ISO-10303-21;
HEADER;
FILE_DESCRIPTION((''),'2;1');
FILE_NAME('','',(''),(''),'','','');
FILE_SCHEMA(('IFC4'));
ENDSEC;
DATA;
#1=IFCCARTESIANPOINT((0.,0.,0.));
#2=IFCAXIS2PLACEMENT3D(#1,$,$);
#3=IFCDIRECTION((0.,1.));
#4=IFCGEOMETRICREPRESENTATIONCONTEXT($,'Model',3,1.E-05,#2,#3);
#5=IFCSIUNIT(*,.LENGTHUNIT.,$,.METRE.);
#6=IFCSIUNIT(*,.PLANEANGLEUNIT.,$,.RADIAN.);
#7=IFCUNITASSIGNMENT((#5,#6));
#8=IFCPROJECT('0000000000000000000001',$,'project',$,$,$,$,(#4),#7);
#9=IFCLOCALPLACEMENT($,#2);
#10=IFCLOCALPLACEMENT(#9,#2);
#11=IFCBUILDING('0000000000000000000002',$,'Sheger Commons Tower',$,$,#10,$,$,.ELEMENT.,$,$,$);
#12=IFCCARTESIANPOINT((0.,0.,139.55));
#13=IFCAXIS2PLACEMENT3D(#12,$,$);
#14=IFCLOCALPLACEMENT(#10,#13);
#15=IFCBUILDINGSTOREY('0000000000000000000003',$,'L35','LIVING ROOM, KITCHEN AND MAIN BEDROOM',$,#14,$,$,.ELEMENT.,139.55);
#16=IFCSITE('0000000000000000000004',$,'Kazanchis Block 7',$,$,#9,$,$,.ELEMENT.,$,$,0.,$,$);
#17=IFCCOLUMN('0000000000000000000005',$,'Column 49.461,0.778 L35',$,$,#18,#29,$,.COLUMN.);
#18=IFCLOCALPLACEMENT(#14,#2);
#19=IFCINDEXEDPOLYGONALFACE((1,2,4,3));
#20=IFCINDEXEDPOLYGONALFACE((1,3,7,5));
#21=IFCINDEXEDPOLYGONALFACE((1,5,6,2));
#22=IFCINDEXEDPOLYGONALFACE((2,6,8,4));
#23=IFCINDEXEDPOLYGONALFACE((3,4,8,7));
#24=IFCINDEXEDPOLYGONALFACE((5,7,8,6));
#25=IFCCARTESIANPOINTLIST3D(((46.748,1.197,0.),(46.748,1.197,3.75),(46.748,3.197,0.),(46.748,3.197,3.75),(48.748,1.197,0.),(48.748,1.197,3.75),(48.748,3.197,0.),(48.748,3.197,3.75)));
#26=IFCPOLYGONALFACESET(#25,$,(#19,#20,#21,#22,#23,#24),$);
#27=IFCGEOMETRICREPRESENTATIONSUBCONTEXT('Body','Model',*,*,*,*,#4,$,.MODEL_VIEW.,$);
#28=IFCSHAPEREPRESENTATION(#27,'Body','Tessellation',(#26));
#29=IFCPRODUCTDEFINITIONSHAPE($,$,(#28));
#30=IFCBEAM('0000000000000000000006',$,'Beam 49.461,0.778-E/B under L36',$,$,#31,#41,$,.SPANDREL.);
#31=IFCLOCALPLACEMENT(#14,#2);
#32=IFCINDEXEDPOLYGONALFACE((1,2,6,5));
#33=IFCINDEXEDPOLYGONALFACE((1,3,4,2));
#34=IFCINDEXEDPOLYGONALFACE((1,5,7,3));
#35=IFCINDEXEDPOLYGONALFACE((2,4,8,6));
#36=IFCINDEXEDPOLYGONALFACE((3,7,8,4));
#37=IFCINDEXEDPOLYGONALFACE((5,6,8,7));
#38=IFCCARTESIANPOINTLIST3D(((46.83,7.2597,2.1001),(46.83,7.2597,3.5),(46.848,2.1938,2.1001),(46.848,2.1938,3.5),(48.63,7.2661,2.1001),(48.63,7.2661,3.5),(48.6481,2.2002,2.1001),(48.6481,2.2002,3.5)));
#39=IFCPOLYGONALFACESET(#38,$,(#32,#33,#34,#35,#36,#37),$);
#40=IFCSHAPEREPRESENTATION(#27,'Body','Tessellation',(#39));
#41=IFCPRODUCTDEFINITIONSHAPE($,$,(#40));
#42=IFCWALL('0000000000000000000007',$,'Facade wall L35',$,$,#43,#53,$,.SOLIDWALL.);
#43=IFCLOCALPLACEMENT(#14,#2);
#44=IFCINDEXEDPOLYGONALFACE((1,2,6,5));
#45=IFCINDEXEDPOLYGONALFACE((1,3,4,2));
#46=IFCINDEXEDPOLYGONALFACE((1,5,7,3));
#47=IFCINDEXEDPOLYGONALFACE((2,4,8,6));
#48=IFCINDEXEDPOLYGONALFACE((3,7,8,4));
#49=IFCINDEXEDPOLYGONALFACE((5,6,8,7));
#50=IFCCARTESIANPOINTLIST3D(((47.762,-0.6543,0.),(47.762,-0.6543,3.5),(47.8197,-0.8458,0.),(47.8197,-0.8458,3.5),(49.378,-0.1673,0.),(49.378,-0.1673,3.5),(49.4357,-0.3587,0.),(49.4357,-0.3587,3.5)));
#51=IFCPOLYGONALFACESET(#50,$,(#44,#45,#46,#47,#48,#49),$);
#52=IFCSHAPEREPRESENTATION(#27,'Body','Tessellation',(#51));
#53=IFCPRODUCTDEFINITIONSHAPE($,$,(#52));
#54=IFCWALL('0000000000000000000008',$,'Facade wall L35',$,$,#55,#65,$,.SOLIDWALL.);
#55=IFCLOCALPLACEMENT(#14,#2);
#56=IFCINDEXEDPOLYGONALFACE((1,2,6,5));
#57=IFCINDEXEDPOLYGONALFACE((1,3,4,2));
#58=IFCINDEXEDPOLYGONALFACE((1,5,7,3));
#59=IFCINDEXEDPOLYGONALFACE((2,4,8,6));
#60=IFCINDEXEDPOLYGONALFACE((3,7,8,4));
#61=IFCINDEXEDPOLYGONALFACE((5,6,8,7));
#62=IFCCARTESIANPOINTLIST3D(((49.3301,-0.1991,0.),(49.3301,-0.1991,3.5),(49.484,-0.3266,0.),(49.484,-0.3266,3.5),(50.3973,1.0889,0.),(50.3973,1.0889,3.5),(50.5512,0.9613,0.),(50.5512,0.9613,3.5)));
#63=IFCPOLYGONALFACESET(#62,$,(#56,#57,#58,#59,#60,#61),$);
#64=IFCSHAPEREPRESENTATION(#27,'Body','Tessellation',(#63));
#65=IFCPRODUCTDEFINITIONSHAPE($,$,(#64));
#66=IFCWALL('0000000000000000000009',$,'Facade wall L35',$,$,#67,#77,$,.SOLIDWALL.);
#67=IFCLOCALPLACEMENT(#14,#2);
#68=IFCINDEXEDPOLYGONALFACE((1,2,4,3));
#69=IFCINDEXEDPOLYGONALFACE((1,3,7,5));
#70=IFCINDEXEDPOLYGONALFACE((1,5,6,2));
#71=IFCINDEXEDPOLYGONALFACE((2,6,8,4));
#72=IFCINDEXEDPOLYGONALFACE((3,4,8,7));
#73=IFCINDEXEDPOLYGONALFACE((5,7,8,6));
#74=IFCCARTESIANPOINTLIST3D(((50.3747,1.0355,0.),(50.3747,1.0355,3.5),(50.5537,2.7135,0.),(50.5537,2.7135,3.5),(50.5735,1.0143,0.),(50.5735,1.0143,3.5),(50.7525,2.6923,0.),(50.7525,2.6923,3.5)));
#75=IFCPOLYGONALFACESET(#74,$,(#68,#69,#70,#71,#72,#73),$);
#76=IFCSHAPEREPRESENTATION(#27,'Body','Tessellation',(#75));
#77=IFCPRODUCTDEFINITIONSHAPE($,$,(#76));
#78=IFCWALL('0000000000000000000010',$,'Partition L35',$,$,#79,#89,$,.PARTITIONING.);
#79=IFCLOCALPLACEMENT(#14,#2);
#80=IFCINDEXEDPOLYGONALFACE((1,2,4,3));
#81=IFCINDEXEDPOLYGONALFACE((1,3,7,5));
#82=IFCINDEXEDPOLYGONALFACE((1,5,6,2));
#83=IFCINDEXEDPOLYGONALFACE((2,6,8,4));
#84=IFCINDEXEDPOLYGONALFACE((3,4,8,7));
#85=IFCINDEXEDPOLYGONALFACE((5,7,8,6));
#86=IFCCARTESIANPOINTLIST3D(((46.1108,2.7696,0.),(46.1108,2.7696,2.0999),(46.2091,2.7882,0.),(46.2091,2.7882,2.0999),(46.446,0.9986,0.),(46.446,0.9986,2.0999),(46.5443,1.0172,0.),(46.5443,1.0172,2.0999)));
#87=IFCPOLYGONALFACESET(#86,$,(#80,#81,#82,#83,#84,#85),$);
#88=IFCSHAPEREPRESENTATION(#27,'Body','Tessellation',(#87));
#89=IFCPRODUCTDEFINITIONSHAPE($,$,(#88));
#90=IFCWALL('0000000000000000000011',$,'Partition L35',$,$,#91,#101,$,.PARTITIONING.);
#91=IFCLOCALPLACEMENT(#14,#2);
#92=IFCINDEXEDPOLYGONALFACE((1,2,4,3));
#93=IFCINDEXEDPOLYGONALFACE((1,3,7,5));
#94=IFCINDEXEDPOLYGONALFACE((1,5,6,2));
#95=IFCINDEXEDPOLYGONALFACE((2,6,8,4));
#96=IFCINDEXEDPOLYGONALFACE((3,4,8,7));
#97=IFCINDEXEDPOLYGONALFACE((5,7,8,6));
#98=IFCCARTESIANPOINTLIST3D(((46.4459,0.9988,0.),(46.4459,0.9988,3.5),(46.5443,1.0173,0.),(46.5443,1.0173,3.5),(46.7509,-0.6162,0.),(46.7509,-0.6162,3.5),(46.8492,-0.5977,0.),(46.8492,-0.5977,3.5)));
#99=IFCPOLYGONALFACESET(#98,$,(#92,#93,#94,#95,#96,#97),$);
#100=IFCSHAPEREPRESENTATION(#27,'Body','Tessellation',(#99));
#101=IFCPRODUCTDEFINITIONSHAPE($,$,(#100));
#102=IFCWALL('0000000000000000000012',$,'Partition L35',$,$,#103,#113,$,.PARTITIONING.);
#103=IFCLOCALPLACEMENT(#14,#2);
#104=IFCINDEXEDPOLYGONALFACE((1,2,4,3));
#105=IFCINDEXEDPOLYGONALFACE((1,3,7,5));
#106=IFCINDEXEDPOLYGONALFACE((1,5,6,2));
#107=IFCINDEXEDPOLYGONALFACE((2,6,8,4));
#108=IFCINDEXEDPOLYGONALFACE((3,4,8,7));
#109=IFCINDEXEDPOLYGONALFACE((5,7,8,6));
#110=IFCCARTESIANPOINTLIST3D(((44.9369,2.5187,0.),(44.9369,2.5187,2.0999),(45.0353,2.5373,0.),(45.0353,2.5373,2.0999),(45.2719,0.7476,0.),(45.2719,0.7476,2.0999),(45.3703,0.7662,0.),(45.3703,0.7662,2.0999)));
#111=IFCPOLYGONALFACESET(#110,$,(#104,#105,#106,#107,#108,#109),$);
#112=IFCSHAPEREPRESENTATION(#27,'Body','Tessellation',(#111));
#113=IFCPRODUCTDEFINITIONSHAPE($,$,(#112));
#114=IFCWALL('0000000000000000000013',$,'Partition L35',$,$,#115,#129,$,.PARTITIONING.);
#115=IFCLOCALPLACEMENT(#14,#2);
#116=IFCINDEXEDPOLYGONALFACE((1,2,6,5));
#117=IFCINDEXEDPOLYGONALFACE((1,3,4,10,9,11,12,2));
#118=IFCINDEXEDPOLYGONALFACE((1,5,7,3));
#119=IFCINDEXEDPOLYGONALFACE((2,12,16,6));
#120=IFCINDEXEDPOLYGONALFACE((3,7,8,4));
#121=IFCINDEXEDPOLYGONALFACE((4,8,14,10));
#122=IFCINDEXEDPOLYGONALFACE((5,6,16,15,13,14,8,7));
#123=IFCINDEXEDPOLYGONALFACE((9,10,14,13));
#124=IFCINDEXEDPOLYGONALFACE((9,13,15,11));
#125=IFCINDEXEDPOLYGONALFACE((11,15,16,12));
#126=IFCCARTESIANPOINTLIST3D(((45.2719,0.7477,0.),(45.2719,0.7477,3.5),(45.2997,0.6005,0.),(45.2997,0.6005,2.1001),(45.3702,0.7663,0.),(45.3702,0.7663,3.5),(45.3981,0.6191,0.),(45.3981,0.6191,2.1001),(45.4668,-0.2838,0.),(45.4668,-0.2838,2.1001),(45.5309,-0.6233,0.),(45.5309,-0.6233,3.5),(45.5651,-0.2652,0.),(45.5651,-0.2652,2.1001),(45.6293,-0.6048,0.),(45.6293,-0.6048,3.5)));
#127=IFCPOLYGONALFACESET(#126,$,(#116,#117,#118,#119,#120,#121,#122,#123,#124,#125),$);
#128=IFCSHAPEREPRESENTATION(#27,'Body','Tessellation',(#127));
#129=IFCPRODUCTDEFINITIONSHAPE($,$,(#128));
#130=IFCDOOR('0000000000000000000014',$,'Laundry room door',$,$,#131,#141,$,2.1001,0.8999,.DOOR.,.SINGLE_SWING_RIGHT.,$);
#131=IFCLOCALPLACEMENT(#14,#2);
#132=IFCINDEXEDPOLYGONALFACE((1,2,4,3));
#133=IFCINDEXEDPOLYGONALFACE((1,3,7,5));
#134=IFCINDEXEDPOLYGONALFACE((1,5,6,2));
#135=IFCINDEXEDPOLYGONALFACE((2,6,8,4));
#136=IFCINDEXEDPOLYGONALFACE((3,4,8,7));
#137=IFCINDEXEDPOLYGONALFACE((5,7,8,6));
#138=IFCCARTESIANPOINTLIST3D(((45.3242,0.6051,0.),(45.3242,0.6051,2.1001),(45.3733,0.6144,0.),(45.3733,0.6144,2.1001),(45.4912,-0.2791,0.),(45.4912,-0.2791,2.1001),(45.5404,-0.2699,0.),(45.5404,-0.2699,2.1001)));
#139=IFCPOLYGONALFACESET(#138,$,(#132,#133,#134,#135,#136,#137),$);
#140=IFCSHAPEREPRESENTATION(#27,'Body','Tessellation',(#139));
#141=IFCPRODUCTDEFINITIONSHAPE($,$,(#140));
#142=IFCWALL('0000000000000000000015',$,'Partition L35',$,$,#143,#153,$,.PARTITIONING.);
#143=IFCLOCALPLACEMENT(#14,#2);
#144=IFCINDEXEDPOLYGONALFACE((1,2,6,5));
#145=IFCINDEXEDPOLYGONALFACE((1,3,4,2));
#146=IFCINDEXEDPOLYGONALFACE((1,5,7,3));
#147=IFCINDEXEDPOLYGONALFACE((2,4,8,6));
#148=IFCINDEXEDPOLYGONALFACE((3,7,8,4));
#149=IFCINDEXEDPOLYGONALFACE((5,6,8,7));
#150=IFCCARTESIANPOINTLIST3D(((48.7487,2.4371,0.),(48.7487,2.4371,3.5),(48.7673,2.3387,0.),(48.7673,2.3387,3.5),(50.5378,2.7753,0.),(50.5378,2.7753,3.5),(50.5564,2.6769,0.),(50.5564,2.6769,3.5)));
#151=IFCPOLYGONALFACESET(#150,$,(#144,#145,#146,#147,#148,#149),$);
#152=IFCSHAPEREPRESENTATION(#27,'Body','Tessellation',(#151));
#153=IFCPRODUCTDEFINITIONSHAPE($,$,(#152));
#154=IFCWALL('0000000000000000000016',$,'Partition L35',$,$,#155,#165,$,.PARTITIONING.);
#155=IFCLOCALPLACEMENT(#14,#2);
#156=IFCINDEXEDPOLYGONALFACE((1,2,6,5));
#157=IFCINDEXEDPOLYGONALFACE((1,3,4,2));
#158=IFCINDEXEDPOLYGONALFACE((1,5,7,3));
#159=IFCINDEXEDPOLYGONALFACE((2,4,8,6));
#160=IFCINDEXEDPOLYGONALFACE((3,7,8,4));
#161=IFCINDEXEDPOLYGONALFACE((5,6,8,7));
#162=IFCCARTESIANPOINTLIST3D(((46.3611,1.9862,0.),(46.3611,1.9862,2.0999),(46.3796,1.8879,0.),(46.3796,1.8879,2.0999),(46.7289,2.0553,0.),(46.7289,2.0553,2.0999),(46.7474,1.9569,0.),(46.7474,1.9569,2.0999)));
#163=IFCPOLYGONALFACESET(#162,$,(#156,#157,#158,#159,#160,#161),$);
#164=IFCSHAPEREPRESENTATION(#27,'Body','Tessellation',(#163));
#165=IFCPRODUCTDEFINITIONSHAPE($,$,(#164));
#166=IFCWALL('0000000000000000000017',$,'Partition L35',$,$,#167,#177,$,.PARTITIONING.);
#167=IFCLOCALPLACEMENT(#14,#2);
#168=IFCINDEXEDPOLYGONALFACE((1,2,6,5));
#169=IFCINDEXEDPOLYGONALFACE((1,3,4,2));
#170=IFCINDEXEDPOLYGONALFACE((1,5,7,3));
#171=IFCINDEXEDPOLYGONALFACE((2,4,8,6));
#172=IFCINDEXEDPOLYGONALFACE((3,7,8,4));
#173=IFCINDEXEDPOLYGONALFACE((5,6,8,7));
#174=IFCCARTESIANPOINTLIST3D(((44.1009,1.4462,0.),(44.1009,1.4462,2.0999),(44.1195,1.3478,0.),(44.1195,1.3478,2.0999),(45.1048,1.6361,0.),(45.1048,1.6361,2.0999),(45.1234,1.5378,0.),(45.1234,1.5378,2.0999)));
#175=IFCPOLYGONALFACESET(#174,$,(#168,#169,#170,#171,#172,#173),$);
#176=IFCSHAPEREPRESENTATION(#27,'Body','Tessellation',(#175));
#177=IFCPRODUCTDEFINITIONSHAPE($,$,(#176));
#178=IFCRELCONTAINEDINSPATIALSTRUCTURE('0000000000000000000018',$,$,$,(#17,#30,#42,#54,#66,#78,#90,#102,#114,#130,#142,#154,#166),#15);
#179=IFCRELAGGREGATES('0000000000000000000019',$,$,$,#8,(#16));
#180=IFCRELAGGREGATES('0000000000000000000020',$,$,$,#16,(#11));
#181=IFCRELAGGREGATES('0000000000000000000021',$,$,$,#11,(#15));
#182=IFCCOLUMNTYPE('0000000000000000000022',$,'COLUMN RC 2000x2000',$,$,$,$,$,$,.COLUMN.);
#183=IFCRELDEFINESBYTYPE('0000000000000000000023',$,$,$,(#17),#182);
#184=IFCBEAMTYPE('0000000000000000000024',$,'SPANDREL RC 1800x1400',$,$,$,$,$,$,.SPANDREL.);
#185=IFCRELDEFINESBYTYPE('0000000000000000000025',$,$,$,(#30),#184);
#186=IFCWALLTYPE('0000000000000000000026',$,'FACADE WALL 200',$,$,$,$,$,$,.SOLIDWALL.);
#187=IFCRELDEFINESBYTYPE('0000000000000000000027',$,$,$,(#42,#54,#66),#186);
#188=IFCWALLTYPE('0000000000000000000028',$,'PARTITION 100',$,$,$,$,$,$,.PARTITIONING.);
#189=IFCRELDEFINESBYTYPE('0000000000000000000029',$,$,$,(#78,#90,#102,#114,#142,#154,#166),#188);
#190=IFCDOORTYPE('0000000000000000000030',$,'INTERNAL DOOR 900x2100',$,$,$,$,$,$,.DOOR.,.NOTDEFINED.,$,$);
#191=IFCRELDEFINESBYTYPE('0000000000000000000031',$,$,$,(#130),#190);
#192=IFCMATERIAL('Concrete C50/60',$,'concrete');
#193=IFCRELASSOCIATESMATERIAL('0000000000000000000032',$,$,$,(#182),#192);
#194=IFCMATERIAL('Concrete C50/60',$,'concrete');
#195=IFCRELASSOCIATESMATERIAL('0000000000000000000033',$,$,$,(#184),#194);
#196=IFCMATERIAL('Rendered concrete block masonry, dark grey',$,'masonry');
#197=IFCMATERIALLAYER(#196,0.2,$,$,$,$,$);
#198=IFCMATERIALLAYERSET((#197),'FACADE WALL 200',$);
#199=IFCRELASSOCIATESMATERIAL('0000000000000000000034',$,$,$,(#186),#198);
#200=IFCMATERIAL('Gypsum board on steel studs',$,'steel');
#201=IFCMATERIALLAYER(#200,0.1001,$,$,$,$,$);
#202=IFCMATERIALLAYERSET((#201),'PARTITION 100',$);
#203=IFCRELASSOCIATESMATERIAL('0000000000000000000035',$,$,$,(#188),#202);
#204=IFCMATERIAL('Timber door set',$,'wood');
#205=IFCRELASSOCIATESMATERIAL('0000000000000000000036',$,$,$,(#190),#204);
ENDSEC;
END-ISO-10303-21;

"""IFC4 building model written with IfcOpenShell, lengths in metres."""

from ifc_helpers import new_model, si_unit, direction, frame, frame_2d, origin, origin_2d, place, context, subcontext, project, spatial, rectangle, extrude, material, layer, layer_set, material_profile, profile_set, type_object, element, fill, save


model = new_model("IFC4")

# Units and contexts
model_context = context("Model", 3, precision=1e-05, world=origin(), true_north=direction((0.0, 1.0)))
body_context = subcontext(model_context, "Body", "Model", "MODEL_VIEW")
ifc_project = project(units=[si_unit("LENGTHUNIT", "METRE"), si_unit("PLANEANGLEUNIT", "RADIAN")], contexts=[model_context])

# Site, building, storey
site_placement = place(None, origin())
site = spatial("IfcSite", under=ifc_project, at=site_placement, Name="Kazanchis Block 7", CompositionType="ELEMENT", RefElevation=0.0)
building_placement = place(site_placement, origin())
building = spatial("IfcBuilding", under=site, at=building_placement, Name="Sheger Commons Tower", CompositionType="ELEMENT")
storey_placement = place(building_placement, frame((0.0, 0.0, 139.55)))
storey = spatial("IfcBuildingStorey", under=building, at=storey_placement, Name="L35", Description="LIVING ROOM, KITCHEN AND MAIN BEDROOM", CompositionType="ELEMENT", Elevation=139.55)

# Column
ifc_material_1 = material(Name="Concrete C50/60", Category="concrete")
ifc_material_profile_1 = material_profile(ifc_material_1, rectangle(XDim=2.0, YDim=2.0, at=origin_2d()), Name="RC 2000x2000")
ifc_profile_set_1 = profile_set([ifc_material_profile_1], Name="Concrete C50/60")
column_type = type_object("IfcColumnType", Name="COLUMN RC 2000x2000", PredefinedType="COLUMN", material=ifc_profile_set_1)
column_placement = place(storey_placement, frame((47.748, 2.197, 0.0), z_axis=(0.0, 0.0, 1.0), x_axis=(1.0, 0.0, 0.0)))
element("IfcColumn", 1, at=column_placement, inside=storey, type_object=column_type, Name="Column 49.461,0.778 L35", PredefinedType="COLUMN", context=body_context, shape_type="SweptSolid", body=[
    extrude(rectangle(XDim=2.0, YDim=2.0, at=origin_2d()), origin(), (0.0, 0.0, 1.0), 3.75),
])

# Beam
ifc_material_2 = material(Name="Concrete C50/60", Category="concrete")
ifc_material_profile_2 = material_profile(ifc_material_2, rectangle(XDim=1.8, YDim=1.3999, at=origin_2d()), Name="RC 1800x1400")
ifc_profile_set_2 = profile_set([ifc_material_profile_2], Name="Concrete C50/60")
beam_type = type_object("IfcBeamType", Name="SPANDREL RC 1800x1400", PredefinedType="SPANDREL", material=ifc_profile_set_2)
beam_placement = place(storey_placement, frame((47.748, 2.197, 2.8), z_axis=(-0.003566, 0.999994, 0.0), x_axis=(-0.999994, -0.003566, 0.0)))
element("IfcBeam", 2, at=beam_placement, inside=storey, type_object=beam_type, Name="Beam 49.461,0.778-E/B under L36", PredefinedType="SPANDREL", context=body_context, shape_type="SweptSolid", body=[
    extrude(rectangle(XDim=1.8, YDim=1.3999, at=origin_2d()), origin(), (0.0, 0.0, 1.0), 5.0659),
])

# Walls
ifc_material_3 = material(Name="Rendered concrete block masonry, dark grey", Category="masonry")
ifc_layer_1 = layer(ifc_material_3, 0.2)
ifc_layer_set_1 = layer_set([ifc_layer_1], Name="FACADE WALL 200")
wall_type_1 = type_object("IfcWallType", Name="FACADE WALL 200", PredefinedType="SOLIDWALL", material=ifc_layer_set_1)
wall_1_placement = place(storey_placement, frame((47.791, -0.75, 0.0), z_axis=(0.0, 0.0, 1.0), x_axis=(0.957455, 0.288582, 0.0)))
element("IfcWall", 3, at=wall_1_placement, inside=storey, type_object=wall_type_1, Name="Facade wall L35", PredefinedType="SOLIDWALL", context=body_context, shape_type="SweptSolid", body=[
    extrude(rectangle(XDim=1.6877, YDim=0.2, at=frame_2d((0.8438, 0.0))), origin(), (0.0, 0.0, 1.0), 3.5),
])
wall_2_placement = place(storey_placement, frame((49.407, -0.2629, 0.0), z_axis=(0.0, 0.0, 1.0), x_axis=(0.638043, 0.770001, 0.0)))
element("IfcWall", 4, at=wall_2_placement, inside=storey, type_object=wall_type_1, Name="Facade wall L35", PredefinedType="SOLIDWALL", context=body_context, shape_type="SweptSolid", body=[
    extrude(rectangle(XDim=1.6726, YDim=0.2, at=frame_2d((0.8364, 0.0))), origin(), (0.0, 0.0, 1.0), 3.5),
])
wall_3_placement = place(storey_placement, frame((50.4741, 1.0249, 0.0), z_axis=(0.0, 0.0, 1.0), x_axis=(0.106048, 0.994361, 0.0)))
element("IfcWall", 5, at=wall_3_placement, inside=storey, type_object=wall_type_1, Name="Facade wall L35", PredefinedType="SOLIDWALL", context=body_context, shape_type="SweptSolid", body=[
    extrude(rectangle(XDim=1.6875, YDim=0.2, at=frame_2d((0.8438, 0.0))), origin(), (0.0, 0.0, 1.0), 3.5),
])

# Walls
ifc_material_4 = material(Name="Gypsum board on steel studs", Category="steel")
ifc_layer_2 = layer(ifc_material_4, 0.1001)
ifc_layer_set_2 = layer_set([ifc_layer_2], Name="PARTITION 100")
wall_type_2 = type_object("IfcWallType", Name="PARTITION 100", PredefinedType="PARTITIONING", material=ifc_layer_set_2)
wall_4_placement = place(storey_placement, frame((46.1599, 2.7791, 0.0), z_axis=(0.0, 0.0, 1.0), x_axis=(0.185973, -0.982555, 0.0)))
element("IfcWall", 6, at=wall_4_placement, inside=storey, type_object=wall_type_2, Name="Partition L35", PredefinedType="PARTITIONING", context=body_context, shape_type="SweptSolid", body=[
    extrude(rectangle(XDim=1.8025, YDim=0.1001, at=frame_2d((0.9014, 0.0))), origin(), (0.0, 0.0, 1.0), 2.0999),
])
wall_5_placement = place(storey_placement, frame((46.4951, 1.0081, 0.0), z_axis=(0.0, 0.0, 1.0), x_axis=(0.185535, -0.982638, 0.0)))
element("IfcWall", 7, at=wall_5_placement, inside=storey, type_object=wall_type_2, Name="Partition L35", PredefinedType="PARTITIONING", context=body_context, shape_type="SweptSolid", body=[
    extrude(rectangle(XDim=1.6436, YDim=0.1001, at=frame_2d((0.8218, 0.0))), origin(), (0.0, 0.0, 1.0), 3.5),
])
wall_6_placement = place(storey_placement, frame((44.9861, 2.5281, 0.0), z_axis=(0.0, 0.0, 1.0), x_axis=(0.185842, -0.98258, 0.0)))
element("IfcWall", 8, at=wall_6_placement, inside=storey, type_object=wall_type_2, Name="Partition L35", PredefinedType="PARTITIONING", context=body_context, shape_type="SweptSolid", body=[
    extrude(rectangle(XDim=1.8025, YDim=0.1001, at=frame_2d((0.9014, 0.0))), origin(), (0.0, 0.0, 1.0), 2.0999),
])

# Wall, opening, door
wall_7_placement = place(storey_placement, frame((45.321, 0.7571, 0.0), z_axis=(0.0, 0.0, 1.0), x_axis=(0.185641, -0.982618, 0.0)))
wall_7 = element("IfcWall", 9, at=wall_7_placement, inside=storey, type_object=wall_type_2, Name="Partition L35", PredefinedType="PARTITIONING", context=body_context, shape_type="SweptSolid", body=[
    extrude(rectangle(XDim=1.3953, YDim=0.1001, at=frame_2d((0.6978, 0.0))), origin(), (0.0, 0.0, 1.0), 3.5),
])
opening_1_placement = place(wall_7_placement, frame((0.1499, 0.0, 0.0)))
opening_1 = element("IfcOpeningElement", 10, at=opening_1_placement, cuts=wall_7, PredefinedType="OPENING", context=body_context, shape_type="SweptSolid", body=[
    extrude(rectangle(XDim=0.8999, YDim=2.1001, at=frame_2d((0.45, 1.05))), frame((0.0, 0.0601, 0.0), z_axis=(0.0, -1.0, 0.0), x_axis=(1.0, 0.0, 0.0)), (0.0, 0.0, 1.0), 0.1201),
])
ifc_material_5 = material(Name="Timber door set", Category="wood")
door_type = type_object("IfcDoorType", Name="INTERNAL DOOR 900x2100", OperationType="NOTDEFINED", PredefinedType="DOOR", material=ifc_material_5)
door_placement = place(opening_1_placement, origin())
door = element("IfcDoor", 11, at=door_placement, inside=storey, type_object=door_type, Name="Laundry room door", OperationType="SINGLE_SWING_RIGHT", OverallHeight=2.1001, OverallWidth=0.8999, PredefinedType="DOOR", context=body_context, shape_type="SweptSolid", body=[
    extrude(rectangle(XDim=0.8999, YDim=2.1001, at=frame_2d((0.45, 1.05))), frame((0.0, 0.0249, 0.0), z_axis=(0.0, -1.0, 0.0), x_axis=(1.0, 0.0, 0.0)), (0.0, 0.0, 1.0), 0.05),
])
fill(opening_1, door)

# Walls
wall_8_placement = place(storey_placement, frame((50.5471, 2.7261, 0.0), z_axis=(0.0, 0.0, 1.0), x_axis=(-0.982604, -0.185713, 0.0)))
element("IfcWall", 12, at=wall_8_placement, inside=storey, type_object=wall_type_2, Name="Partition L35", PredefinedType="PARTITIONING", context=body_context, shape_type="SweptSolid", body=[
    extrude(rectangle(XDim=1.8208, YDim=0.1001, at=frame_2d((0.9104, 0.0))), origin(), (0.0, 0.0, 1.0), 3.5),
])
wall_9_placement = place(storey_placement, frame((46.738, 2.0061, 0.0), z_axis=(0.0, 0.0, 1.0), x_axis=(-0.98282, -0.184564, 0.0)))
element("IfcWall", 13, at=wall_9_placement, inside=storey, type_object=wall_type_2, Name="Partition L35", PredefinedType="PARTITIONING", context=body_context, shape_type="SweptSolid", body=[
    extrude(rectangle(XDim=0.3743, YDim=0.1001, at=frame_2d((0.187, 0.0))), origin(), (0.0, 0.0, 1.0), 2.0999),
])
wall_10_placement = place(storey_placement, frame((45.114, 1.5869, 0.0), z_axis=(0.0, 0.0, 1.0), x_axis=(-0.982568, -0.185904, 0.0)))
element("IfcWall", 14, at=wall_10_placement, inside=storey, type_object=wall_type_2, Name="Partition L35", PredefinedType="PARTITIONING", context=body_context, shape_type="SweptSolid", body=[
    extrude(rectangle(XDim=1.0217, YDim=0.1001, at=frame_2d((0.5107, 0.0))), origin(), (0.0, 0.0, 1.0), 2.0999),
])

save(model, "model.ifc")
